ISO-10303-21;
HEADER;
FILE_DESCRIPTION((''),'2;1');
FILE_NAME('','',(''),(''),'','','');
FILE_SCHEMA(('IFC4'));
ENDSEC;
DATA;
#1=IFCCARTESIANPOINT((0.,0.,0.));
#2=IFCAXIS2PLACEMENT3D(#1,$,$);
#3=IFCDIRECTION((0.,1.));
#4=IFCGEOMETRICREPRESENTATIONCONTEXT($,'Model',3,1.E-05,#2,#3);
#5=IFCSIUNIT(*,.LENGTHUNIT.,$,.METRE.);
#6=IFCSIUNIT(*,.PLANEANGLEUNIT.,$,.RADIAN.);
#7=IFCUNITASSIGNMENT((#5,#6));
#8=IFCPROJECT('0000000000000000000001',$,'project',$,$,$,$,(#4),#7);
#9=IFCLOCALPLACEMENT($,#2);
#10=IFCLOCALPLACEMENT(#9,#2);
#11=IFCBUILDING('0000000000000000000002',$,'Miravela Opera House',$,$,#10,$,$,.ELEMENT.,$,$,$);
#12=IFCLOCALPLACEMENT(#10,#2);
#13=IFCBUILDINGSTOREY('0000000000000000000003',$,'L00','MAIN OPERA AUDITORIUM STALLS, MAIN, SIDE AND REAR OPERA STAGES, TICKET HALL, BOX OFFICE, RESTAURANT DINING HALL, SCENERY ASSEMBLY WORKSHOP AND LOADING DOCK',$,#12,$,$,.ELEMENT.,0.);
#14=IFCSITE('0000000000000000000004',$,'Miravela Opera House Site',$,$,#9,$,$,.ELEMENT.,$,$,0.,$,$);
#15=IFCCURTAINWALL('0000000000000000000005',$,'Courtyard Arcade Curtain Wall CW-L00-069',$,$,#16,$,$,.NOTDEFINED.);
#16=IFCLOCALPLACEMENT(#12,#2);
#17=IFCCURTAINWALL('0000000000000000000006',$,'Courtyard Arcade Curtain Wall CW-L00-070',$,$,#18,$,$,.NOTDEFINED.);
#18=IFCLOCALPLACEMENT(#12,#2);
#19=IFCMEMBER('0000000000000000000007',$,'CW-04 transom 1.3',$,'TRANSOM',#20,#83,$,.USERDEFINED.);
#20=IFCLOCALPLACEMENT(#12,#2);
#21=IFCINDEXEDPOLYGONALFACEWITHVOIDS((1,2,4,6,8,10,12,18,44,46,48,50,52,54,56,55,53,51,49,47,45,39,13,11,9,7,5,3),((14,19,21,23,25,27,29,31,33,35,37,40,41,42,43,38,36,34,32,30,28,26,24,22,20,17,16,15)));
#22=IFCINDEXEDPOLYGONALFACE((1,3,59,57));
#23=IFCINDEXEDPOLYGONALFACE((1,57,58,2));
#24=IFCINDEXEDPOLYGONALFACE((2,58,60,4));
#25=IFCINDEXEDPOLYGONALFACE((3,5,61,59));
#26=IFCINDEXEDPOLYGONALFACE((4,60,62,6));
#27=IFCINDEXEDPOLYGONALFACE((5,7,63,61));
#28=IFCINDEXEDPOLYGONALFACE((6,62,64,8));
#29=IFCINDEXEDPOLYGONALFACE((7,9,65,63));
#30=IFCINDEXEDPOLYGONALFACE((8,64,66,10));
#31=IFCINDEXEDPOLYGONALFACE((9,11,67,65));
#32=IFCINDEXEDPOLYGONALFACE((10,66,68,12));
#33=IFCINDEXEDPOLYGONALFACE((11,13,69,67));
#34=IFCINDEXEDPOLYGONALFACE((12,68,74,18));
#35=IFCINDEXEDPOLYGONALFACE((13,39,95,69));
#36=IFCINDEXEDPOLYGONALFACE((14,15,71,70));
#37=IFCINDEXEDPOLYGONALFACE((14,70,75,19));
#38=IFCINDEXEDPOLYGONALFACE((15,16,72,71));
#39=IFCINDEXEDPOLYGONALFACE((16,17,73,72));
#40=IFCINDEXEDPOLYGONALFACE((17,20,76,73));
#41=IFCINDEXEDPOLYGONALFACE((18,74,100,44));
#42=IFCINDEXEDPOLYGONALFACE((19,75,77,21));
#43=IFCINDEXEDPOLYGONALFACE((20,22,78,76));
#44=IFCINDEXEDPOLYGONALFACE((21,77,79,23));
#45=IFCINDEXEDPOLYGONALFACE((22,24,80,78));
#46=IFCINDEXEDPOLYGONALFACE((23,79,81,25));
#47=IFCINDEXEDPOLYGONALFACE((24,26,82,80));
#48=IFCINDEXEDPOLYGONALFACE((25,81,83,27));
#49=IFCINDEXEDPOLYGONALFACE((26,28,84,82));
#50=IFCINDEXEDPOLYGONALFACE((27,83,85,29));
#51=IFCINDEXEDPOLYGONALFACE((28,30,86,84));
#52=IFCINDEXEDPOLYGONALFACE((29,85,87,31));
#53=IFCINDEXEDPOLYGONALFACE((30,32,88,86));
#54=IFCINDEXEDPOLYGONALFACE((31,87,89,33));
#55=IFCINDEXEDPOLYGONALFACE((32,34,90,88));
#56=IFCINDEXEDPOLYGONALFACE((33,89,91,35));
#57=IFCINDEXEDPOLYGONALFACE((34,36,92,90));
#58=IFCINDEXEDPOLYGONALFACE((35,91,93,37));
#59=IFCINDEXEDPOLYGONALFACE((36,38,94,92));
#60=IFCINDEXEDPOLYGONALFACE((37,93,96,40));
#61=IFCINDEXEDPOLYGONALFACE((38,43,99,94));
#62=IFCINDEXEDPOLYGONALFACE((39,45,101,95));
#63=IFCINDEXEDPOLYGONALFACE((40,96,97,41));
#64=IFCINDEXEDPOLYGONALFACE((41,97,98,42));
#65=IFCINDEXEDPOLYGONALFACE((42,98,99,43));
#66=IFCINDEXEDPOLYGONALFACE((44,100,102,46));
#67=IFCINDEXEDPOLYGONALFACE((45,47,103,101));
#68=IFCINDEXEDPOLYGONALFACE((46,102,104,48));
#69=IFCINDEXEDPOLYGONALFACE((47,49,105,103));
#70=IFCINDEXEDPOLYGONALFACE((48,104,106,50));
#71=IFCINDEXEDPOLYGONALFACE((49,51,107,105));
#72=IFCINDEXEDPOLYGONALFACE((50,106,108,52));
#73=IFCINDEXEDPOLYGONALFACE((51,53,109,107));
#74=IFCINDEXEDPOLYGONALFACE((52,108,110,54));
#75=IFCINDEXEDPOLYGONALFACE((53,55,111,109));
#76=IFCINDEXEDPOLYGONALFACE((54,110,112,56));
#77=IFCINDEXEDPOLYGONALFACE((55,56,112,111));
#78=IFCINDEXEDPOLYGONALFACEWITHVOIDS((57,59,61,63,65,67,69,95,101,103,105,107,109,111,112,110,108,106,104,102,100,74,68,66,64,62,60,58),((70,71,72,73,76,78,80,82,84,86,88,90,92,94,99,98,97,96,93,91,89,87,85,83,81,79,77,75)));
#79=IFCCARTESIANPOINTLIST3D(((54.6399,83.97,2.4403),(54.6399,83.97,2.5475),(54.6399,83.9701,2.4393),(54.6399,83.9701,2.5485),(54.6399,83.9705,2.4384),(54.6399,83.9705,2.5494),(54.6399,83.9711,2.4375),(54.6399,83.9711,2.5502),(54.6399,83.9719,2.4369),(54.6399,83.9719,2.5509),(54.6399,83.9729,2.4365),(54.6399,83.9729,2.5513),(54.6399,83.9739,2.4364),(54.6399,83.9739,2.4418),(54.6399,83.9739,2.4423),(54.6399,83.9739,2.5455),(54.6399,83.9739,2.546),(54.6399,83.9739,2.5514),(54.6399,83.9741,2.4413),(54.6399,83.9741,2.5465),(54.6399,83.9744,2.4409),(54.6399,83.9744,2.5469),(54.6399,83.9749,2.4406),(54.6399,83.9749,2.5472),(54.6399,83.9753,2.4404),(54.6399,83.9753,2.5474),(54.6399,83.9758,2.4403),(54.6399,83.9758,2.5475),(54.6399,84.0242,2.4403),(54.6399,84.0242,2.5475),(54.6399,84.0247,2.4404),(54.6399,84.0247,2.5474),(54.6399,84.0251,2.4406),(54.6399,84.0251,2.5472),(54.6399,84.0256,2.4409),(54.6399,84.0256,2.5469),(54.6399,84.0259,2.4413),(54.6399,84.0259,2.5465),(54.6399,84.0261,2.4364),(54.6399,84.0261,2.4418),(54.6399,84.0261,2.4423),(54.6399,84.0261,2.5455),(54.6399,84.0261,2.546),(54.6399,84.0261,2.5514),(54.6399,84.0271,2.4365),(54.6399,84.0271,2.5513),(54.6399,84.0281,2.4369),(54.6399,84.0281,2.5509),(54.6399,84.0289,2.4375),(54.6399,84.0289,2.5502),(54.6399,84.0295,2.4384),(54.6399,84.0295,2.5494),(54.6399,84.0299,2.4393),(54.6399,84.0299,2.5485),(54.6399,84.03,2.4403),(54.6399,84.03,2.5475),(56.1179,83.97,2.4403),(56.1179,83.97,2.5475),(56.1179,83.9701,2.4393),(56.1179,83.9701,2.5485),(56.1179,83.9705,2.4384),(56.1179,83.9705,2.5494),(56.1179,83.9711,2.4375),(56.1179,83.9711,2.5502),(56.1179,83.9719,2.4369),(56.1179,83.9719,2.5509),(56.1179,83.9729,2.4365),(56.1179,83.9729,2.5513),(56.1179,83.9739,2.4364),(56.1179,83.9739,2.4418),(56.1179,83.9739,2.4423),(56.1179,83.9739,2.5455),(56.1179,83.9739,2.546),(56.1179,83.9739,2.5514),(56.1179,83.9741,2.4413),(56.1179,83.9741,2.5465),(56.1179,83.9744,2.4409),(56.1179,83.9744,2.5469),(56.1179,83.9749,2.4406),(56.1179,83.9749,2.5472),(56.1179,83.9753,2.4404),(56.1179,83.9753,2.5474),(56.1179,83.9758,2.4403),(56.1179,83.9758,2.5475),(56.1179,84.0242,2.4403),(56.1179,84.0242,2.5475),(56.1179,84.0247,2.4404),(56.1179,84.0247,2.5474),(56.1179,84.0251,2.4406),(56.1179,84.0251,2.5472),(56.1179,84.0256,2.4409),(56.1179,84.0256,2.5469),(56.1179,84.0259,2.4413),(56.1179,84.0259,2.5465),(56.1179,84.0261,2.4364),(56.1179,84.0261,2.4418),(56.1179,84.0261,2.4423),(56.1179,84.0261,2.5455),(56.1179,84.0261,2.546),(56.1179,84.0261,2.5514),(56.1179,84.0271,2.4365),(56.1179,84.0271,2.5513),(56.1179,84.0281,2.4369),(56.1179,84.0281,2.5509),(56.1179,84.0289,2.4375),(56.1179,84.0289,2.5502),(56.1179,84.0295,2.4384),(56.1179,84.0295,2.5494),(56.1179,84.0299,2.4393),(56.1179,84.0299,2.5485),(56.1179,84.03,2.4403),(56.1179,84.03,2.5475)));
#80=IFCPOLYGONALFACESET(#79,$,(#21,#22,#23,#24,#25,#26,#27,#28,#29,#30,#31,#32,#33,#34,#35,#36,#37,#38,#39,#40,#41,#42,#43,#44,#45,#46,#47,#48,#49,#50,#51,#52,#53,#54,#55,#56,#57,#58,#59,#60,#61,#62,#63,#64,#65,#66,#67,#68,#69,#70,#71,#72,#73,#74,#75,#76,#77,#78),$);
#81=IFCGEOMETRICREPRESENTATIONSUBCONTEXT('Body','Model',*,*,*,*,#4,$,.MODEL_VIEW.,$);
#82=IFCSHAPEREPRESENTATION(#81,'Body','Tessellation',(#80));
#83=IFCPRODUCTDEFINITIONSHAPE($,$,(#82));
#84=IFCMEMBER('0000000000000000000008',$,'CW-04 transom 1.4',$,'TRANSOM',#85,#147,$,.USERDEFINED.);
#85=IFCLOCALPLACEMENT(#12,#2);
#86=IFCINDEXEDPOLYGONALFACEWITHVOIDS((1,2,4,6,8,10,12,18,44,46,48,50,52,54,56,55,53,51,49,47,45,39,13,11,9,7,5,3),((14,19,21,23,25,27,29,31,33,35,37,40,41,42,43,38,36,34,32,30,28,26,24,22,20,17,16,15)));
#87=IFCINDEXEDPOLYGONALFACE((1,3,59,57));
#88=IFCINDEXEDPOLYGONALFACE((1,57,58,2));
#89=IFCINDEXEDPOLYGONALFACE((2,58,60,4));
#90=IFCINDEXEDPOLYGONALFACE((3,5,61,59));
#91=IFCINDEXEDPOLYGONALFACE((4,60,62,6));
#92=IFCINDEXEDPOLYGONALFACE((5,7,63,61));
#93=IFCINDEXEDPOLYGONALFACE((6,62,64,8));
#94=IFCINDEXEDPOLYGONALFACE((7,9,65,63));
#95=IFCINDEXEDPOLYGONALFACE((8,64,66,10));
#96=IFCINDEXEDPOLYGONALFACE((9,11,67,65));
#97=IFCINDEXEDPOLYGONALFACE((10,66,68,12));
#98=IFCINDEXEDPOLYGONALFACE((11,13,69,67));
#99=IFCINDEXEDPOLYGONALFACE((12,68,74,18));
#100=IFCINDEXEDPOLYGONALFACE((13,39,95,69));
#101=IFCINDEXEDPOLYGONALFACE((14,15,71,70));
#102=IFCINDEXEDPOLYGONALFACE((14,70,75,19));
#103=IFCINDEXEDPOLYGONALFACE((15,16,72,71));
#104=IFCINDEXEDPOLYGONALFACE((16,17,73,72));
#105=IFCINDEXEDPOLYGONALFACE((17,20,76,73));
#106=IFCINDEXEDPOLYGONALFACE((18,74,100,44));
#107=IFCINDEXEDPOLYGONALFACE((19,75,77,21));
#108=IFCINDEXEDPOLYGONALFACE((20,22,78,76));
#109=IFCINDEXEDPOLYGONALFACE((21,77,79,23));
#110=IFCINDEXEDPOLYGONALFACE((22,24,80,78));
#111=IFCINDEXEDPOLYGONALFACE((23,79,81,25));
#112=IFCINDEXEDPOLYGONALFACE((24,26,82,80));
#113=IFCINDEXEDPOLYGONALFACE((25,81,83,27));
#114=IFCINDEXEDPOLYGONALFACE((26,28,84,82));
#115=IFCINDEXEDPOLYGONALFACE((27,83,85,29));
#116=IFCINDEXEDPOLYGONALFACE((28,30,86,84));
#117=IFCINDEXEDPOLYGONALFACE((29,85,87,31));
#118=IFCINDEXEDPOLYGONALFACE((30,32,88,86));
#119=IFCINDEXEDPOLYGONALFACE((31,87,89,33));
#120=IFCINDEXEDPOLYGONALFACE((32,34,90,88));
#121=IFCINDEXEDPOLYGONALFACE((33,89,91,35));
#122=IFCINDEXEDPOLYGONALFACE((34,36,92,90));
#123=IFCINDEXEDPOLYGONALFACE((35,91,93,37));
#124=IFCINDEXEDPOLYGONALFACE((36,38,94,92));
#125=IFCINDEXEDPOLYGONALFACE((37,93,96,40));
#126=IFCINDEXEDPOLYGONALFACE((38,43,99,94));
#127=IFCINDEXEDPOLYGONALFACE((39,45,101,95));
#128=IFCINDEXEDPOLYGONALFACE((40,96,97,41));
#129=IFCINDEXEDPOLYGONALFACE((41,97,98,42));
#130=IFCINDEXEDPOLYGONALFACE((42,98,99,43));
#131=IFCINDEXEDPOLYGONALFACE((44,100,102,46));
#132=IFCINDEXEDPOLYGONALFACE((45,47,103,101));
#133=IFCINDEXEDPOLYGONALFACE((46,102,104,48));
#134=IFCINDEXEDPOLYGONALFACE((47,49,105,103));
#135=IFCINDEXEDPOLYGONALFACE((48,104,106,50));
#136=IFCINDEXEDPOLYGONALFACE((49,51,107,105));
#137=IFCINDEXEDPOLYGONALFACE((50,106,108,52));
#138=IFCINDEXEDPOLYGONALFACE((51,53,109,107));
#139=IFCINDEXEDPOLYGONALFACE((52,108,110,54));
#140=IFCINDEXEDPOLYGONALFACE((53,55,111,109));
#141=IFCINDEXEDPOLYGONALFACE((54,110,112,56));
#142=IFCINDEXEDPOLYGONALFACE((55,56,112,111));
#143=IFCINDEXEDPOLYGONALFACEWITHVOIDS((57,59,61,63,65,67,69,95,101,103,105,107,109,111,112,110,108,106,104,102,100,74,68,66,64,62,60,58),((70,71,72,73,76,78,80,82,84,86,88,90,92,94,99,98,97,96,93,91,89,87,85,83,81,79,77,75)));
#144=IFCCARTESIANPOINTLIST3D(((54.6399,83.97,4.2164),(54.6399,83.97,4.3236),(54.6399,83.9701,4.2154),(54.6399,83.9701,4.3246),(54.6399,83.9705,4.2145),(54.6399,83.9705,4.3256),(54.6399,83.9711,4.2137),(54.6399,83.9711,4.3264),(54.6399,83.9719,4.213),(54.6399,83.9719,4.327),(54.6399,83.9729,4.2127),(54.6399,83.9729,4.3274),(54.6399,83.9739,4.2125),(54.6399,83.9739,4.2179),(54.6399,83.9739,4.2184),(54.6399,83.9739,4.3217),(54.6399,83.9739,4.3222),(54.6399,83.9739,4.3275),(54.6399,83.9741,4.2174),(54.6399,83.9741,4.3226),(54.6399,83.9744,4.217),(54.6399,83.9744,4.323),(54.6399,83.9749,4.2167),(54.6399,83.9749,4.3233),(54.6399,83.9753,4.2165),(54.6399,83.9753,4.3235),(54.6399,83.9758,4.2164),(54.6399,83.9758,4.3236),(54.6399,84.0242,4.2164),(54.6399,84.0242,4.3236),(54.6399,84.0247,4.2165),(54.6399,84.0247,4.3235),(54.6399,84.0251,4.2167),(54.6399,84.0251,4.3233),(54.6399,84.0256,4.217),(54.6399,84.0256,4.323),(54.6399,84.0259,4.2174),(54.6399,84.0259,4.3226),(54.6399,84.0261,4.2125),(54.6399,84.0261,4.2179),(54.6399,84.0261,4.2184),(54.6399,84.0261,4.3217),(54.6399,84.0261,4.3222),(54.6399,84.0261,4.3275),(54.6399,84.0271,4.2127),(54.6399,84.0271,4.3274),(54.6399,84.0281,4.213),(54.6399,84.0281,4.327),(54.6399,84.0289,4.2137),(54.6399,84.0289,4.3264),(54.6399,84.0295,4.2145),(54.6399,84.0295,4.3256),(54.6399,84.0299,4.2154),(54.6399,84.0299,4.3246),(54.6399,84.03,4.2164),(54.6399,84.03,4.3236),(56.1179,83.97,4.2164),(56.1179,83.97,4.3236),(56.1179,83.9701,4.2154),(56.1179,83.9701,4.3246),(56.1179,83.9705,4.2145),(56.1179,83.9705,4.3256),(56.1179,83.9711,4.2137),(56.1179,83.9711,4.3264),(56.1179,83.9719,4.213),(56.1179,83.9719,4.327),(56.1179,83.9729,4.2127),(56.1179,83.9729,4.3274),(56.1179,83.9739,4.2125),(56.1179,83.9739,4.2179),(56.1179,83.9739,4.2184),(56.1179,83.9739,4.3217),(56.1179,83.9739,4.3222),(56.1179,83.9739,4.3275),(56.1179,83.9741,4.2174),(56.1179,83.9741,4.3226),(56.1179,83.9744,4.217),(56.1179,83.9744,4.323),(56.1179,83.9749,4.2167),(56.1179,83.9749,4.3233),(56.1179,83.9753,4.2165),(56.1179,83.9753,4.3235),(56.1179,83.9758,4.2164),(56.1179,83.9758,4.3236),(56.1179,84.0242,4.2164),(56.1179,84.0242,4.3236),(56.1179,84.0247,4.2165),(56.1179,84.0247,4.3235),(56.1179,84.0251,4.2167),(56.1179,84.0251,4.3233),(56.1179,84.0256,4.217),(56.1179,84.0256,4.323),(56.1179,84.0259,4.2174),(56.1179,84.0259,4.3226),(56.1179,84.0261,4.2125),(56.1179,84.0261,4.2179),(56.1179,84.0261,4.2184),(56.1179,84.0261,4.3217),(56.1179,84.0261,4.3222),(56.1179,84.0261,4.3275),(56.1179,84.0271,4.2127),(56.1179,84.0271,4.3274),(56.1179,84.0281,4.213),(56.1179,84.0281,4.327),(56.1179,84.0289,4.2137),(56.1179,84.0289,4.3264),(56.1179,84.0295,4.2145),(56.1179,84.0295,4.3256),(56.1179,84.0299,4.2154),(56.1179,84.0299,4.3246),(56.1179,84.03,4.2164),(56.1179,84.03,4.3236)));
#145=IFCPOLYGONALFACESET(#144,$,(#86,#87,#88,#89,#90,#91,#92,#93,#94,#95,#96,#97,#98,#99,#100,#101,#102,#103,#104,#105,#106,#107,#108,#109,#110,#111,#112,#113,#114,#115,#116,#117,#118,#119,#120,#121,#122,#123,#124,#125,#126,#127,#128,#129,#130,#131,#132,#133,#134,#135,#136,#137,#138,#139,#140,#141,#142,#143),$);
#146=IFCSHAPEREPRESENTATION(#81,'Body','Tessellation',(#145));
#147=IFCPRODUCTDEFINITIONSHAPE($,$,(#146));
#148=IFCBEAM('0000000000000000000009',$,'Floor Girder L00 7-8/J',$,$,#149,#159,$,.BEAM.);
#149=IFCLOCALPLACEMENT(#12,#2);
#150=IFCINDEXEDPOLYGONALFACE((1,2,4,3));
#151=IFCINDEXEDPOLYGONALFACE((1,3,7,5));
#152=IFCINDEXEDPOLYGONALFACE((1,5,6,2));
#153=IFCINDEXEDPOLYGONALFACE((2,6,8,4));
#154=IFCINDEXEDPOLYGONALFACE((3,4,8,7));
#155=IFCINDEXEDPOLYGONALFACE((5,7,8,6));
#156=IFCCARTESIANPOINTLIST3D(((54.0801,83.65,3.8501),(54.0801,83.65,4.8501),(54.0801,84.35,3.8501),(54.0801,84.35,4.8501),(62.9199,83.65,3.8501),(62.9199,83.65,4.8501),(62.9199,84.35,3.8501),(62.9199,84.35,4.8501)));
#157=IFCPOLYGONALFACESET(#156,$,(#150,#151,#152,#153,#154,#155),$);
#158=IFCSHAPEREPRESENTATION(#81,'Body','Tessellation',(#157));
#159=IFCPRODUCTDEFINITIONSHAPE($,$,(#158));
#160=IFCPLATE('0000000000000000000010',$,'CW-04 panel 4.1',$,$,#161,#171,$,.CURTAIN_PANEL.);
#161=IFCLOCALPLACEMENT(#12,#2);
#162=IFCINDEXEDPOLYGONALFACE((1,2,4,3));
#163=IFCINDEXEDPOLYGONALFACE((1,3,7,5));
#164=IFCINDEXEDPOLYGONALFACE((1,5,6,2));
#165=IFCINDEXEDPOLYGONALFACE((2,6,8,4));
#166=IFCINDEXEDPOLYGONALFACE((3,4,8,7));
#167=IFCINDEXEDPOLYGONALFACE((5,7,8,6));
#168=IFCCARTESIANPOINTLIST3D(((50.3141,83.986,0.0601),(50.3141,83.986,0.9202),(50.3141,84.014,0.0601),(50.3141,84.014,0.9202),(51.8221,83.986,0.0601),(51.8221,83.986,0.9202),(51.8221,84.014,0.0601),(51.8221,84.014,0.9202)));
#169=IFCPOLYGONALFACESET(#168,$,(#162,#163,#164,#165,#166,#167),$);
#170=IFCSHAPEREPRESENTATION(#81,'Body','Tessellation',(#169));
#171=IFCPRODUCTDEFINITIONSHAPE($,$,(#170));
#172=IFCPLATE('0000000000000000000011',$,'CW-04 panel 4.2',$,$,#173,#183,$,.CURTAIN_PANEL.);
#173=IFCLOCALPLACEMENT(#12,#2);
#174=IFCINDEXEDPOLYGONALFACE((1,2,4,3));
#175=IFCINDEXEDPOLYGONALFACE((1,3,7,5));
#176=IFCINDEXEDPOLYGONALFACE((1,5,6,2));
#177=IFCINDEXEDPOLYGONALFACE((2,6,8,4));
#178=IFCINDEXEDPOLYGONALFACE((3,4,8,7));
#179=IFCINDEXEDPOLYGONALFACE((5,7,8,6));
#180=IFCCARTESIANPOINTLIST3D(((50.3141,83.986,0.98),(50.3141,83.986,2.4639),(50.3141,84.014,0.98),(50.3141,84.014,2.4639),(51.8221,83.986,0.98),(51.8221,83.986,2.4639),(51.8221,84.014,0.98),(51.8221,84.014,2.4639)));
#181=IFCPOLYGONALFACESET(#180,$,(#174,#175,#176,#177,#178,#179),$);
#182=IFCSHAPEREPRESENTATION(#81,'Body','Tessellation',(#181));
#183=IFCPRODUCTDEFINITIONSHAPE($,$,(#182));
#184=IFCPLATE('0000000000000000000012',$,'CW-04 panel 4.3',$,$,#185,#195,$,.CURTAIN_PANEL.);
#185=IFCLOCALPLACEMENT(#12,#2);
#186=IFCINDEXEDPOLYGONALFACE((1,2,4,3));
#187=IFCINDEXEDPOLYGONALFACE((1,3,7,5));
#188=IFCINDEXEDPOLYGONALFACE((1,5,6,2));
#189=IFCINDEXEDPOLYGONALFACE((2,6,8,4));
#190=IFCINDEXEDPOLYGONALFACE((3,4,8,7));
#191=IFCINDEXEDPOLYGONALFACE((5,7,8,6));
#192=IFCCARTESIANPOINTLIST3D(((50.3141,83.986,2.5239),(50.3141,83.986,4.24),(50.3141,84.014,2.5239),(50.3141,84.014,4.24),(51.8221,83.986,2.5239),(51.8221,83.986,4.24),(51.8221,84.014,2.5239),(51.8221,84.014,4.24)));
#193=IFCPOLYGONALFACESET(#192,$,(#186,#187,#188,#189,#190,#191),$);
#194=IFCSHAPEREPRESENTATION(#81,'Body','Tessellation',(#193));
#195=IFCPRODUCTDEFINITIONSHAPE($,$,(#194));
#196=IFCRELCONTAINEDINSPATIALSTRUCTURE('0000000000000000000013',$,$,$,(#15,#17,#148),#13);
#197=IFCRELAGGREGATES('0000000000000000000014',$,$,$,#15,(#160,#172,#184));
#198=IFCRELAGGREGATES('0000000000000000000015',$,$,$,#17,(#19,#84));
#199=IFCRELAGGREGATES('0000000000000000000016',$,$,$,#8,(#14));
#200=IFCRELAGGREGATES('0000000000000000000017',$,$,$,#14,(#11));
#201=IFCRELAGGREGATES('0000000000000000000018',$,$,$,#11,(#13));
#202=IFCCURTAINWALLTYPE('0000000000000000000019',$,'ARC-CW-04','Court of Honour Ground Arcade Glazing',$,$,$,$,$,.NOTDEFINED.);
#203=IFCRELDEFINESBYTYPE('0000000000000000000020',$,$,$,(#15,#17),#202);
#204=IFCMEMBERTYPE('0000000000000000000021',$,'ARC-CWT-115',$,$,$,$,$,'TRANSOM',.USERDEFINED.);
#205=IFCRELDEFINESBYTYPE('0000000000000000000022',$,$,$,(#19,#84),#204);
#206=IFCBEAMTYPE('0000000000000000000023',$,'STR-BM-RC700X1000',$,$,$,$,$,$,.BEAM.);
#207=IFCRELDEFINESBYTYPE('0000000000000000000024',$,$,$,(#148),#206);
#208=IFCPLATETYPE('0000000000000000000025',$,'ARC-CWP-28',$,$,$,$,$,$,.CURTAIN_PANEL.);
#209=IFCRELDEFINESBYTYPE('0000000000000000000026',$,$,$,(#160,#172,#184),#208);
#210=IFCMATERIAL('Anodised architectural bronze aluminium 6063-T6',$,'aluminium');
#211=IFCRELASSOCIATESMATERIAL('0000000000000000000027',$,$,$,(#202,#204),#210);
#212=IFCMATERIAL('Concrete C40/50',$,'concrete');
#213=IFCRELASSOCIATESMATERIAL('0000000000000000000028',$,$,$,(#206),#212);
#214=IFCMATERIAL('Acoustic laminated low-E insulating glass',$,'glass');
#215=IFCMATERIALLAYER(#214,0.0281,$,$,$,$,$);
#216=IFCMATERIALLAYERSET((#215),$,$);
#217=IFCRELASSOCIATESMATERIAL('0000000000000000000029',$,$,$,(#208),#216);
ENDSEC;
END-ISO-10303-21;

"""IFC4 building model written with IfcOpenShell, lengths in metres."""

from ifc_helpers import new_model, si_unit, direction, frame, origin, origin_2d, place, context, subcontext, project, spatial, rectangle, hollow_rectangle, extrude, material, layer, layer_set, material_profile, profile_set, type_object, element, aggregate, save


model = new_model("IFC4")

# Units and contexts
model_context = context("Model", 3, precision=1e-05, world=origin(), true_north=direction((0.0, 1.0)))
body_context = subcontext(model_context, "Body", "Model", "MODEL_VIEW")
ifc_project = project(units=[si_unit("LENGTHUNIT", "METRE"), si_unit("PLANEANGLEUNIT", "RADIAN")], contexts=[model_context])

# Site, building, storey
site_placement = place(None, origin())
site = spatial("IfcSite", under=ifc_project, at=site_placement, Name="Miravela Opera House Site", CompositionType="ELEMENT", RefElevation=0.0)
building_placement = place(site_placement, origin())
building = spatial("IfcBuilding", under=site, at=building_placement, Name="Miravela Opera House", CompositionType="ELEMENT")
storey_placement = place(building_placement, origin())
storey = spatial("IfcBuildingStorey", under=building, at=storey_placement, Name="L00", Description="MAIN OPERA AUDITORIUM STALLS, MAIN, SIDE AND REAR OPERA STAGES, TICKET HALL, BOX OFFICE, RESTAURANT DINING HALL, SCENERY ASSEMBLY WORKSHOP AND LOADING DOCK", CompositionType="ELEMENT", Elevation=0.0)

# Curtain wall
ifc_material_1 = material(Name="Anodised architectural bronze aluminium 6063-T6", Category="aluminium")
curtain_wall_type = type_object("IfcCurtainWallType", Name="ARC-CW-04", Description="Court of Honour Ground Arcade Glazing", PredefinedType="NOTDEFINED", material=ifc_material_1)
curtain_wall_1_placement = place(storey_placement, origin())
curtain_wall_1 = element("IfcCurtainWall", 1, at=curtain_wall_1_placement, inside=storey, type_object=curtain_wall_type, Name="Courtyard Arcade Curtain Wall CW-L00-069", PredefinedType="NOTDEFINED")

# Curtain wall
curtain_wall_2_placement = place(storey_placement, origin())
curtain_wall_2 = element("IfcCurtainWall", 2, at=curtain_wall_2_placement, inside=storey, type_object=curtain_wall_type, Name="Courtyard Arcade Curtain Wall CW-L00-070", PredefinedType="NOTDEFINED")

# Members
ifc_material_profile_1 = material_profile(ifc_material_1, hollow_rectangle(XDim=0.0601, YDim=0.115, WallThickness=0.0039, InnerFilletRadius=0.002, OuterFilletRadius=0.0039, at=origin_2d()), Name="CWT-60X115")
ifc_profile_set_1 = profile_set([ifc_material_profile_1])
member_type_1 = type_object("IfcMemberType", Name="ARC-CWT-115", ElementType="TRANSOM", PredefinedType="USERDEFINED", material=ifc_profile_set_1)
member_1_placement = place(storey_placement, frame((54.6399, 84.0, 2.4939), z_axis=(1.0, 0.0, 0.0), x_axis=(0.0, 1.0, 0.0)))
member_1 = element("IfcMember", 3, at=member_1_placement, type_object=member_type_1, Name="CW-04 transom 1.3", ObjectType="TRANSOM", PredefinedType="USERDEFINED", context=body_context, shape_type="SweptSolid", body=[
    extrude(hollow_rectangle(XDim=0.0601, YDim=0.115, WallThickness=0.0039, InnerFilletRadius=0.002, OuterFilletRadius=0.0039, at=origin_2d()), origin(), (0.0, 0.0, 1.0), 1.478),
])
member_2_placement = place(storey_placement, frame((54.6399, 84.0, 4.27), z_axis=(1.0, 0.0, 0.0), x_axis=(0.0, 1.0, 0.0)))
member_2 = element("IfcMember", 4, at=member_2_placement, type_object=member_type_1, Name="CW-04 transom 1.4", ObjectType="TRANSOM", PredefinedType="USERDEFINED", context=body_context, shape_type="SweptSolid", body=[
    extrude(hollow_rectangle(XDim=0.0601, YDim=0.115, WallThickness=0.0039, InnerFilletRadius=0.002, OuterFilletRadius=0.0039, at=origin_2d()), origin(), (0.0, 0.0, 1.0), 1.478),
])

# Beam
ifc_material_2 = material(Name="Concrete C40/50", Category="concrete")
ifc_material_profile_2 = material_profile(ifc_material_2, rectangle(XDim=0.7, YDim=1.0, at=origin_2d()), Name="RC-BM-700X1000")
ifc_profile_set_2 = profile_set([ifc_material_profile_2])
beam_type = type_object("IfcBeamType", Name="STR-BM-RC700X1000", PredefinedType="BEAM", material=ifc_profile_set_2)
beam_placement = place(storey_placement, frame((54.0801, 84.0, 4.3501), z_axis=(1.0, 0.0, 0.0), x_axis=(0.0, 1.0, 0.0)))
element("IfcBeam", 5, at=beam_placement, inside=storey, type_object=beam_type, Name="Floor Girder L00 7-8/J", PredefinedType="BEAM", context=body_context, shape_type="SweptSolid", body=[
    extrude(rectangle(XDim=0.7, YDim=1.0, at=origin_2d()), origin(), (0.0, 0.0, 1.0), 8.8398),
])

# Plates
ifc_material_3 = material(Name="Acoustic laminated low-E insulating glass", Category="glass")
ifc_layer = layer(ifc_material_3, 0.0281)
ifc_layer_set = layer_set([ifc_layer])
plate_type = type_object("IfcPlateType", Name="ARC-CWP-28", PredefinedType="CURTAIN_PANEL", material=ifc_layer_set)
plate_1_placement = place(storey_placement, frame((51.0681, 84.0, 0.0601), z_axis=(0.0, 0.0, 1.0), x_axis=(1.0, 0.0, 0.0)))
plate_1 = element("IfcPlate", 6, at=plate_1_placement, type_object=plate_type, Name="CW-04 panel 4.1", PredefinedType="CURTAIN_PANEL", context=body_context, shape_type="SweptSolid", body=[
    extrude(rectangle(XDim=1.5081, YDim=0.0281, at=origin_2d()), origin(), (0.0, 0.0, 1.0), 0.8601),
])
plate_2_placement = place(storey_placement, frame((51.0681, 84.0, 0.98), z_axis=(0.0, 0.0, 1.0), x_axis=(1.0, 0.0, 0.0)))
plate_2 = element("IfcPlate", 7, at=plate_2_placement, type_object=plate_type, Name="CW-04 panel 4.2", PredefinedType="CURTAIN_PANEL", context=body_context, shape_type="SweptSolid", body=[
    extrude(rectangle(XDim=1.5081, YDim=0.0281, at=origin_2d()), origin(), (0.0, 0.0, 1.0), 1.4839),
])
plate_3_placement = place(storey_placement, frame((51.0681, 84.0, 2.5239), z_axis=(0.0, 0.0, 1.0), x_axis=(1.0, 0.0, 0.0)))
plate_3 = element("IfcPlate", 8, at=plate_3_placement, type_object=plate_type, Name="CW-04 panel 4.3", PredefinedType="CURTAIN_PANEL", context=body_context, shape_type="SweptSolid", body=[
    extrude(rectangle(XDim=1.5081, YDim=0.0281, at=origin_2d()), origin(), (0.0, 0.0, 1.0), 1.7161),
])
aggregate(curtain_wall_1, [plate_1, plate_2, plate_3])
aggregate(curtain_wall_2, [member_1, member_2])

save(model, "model.ifc")
